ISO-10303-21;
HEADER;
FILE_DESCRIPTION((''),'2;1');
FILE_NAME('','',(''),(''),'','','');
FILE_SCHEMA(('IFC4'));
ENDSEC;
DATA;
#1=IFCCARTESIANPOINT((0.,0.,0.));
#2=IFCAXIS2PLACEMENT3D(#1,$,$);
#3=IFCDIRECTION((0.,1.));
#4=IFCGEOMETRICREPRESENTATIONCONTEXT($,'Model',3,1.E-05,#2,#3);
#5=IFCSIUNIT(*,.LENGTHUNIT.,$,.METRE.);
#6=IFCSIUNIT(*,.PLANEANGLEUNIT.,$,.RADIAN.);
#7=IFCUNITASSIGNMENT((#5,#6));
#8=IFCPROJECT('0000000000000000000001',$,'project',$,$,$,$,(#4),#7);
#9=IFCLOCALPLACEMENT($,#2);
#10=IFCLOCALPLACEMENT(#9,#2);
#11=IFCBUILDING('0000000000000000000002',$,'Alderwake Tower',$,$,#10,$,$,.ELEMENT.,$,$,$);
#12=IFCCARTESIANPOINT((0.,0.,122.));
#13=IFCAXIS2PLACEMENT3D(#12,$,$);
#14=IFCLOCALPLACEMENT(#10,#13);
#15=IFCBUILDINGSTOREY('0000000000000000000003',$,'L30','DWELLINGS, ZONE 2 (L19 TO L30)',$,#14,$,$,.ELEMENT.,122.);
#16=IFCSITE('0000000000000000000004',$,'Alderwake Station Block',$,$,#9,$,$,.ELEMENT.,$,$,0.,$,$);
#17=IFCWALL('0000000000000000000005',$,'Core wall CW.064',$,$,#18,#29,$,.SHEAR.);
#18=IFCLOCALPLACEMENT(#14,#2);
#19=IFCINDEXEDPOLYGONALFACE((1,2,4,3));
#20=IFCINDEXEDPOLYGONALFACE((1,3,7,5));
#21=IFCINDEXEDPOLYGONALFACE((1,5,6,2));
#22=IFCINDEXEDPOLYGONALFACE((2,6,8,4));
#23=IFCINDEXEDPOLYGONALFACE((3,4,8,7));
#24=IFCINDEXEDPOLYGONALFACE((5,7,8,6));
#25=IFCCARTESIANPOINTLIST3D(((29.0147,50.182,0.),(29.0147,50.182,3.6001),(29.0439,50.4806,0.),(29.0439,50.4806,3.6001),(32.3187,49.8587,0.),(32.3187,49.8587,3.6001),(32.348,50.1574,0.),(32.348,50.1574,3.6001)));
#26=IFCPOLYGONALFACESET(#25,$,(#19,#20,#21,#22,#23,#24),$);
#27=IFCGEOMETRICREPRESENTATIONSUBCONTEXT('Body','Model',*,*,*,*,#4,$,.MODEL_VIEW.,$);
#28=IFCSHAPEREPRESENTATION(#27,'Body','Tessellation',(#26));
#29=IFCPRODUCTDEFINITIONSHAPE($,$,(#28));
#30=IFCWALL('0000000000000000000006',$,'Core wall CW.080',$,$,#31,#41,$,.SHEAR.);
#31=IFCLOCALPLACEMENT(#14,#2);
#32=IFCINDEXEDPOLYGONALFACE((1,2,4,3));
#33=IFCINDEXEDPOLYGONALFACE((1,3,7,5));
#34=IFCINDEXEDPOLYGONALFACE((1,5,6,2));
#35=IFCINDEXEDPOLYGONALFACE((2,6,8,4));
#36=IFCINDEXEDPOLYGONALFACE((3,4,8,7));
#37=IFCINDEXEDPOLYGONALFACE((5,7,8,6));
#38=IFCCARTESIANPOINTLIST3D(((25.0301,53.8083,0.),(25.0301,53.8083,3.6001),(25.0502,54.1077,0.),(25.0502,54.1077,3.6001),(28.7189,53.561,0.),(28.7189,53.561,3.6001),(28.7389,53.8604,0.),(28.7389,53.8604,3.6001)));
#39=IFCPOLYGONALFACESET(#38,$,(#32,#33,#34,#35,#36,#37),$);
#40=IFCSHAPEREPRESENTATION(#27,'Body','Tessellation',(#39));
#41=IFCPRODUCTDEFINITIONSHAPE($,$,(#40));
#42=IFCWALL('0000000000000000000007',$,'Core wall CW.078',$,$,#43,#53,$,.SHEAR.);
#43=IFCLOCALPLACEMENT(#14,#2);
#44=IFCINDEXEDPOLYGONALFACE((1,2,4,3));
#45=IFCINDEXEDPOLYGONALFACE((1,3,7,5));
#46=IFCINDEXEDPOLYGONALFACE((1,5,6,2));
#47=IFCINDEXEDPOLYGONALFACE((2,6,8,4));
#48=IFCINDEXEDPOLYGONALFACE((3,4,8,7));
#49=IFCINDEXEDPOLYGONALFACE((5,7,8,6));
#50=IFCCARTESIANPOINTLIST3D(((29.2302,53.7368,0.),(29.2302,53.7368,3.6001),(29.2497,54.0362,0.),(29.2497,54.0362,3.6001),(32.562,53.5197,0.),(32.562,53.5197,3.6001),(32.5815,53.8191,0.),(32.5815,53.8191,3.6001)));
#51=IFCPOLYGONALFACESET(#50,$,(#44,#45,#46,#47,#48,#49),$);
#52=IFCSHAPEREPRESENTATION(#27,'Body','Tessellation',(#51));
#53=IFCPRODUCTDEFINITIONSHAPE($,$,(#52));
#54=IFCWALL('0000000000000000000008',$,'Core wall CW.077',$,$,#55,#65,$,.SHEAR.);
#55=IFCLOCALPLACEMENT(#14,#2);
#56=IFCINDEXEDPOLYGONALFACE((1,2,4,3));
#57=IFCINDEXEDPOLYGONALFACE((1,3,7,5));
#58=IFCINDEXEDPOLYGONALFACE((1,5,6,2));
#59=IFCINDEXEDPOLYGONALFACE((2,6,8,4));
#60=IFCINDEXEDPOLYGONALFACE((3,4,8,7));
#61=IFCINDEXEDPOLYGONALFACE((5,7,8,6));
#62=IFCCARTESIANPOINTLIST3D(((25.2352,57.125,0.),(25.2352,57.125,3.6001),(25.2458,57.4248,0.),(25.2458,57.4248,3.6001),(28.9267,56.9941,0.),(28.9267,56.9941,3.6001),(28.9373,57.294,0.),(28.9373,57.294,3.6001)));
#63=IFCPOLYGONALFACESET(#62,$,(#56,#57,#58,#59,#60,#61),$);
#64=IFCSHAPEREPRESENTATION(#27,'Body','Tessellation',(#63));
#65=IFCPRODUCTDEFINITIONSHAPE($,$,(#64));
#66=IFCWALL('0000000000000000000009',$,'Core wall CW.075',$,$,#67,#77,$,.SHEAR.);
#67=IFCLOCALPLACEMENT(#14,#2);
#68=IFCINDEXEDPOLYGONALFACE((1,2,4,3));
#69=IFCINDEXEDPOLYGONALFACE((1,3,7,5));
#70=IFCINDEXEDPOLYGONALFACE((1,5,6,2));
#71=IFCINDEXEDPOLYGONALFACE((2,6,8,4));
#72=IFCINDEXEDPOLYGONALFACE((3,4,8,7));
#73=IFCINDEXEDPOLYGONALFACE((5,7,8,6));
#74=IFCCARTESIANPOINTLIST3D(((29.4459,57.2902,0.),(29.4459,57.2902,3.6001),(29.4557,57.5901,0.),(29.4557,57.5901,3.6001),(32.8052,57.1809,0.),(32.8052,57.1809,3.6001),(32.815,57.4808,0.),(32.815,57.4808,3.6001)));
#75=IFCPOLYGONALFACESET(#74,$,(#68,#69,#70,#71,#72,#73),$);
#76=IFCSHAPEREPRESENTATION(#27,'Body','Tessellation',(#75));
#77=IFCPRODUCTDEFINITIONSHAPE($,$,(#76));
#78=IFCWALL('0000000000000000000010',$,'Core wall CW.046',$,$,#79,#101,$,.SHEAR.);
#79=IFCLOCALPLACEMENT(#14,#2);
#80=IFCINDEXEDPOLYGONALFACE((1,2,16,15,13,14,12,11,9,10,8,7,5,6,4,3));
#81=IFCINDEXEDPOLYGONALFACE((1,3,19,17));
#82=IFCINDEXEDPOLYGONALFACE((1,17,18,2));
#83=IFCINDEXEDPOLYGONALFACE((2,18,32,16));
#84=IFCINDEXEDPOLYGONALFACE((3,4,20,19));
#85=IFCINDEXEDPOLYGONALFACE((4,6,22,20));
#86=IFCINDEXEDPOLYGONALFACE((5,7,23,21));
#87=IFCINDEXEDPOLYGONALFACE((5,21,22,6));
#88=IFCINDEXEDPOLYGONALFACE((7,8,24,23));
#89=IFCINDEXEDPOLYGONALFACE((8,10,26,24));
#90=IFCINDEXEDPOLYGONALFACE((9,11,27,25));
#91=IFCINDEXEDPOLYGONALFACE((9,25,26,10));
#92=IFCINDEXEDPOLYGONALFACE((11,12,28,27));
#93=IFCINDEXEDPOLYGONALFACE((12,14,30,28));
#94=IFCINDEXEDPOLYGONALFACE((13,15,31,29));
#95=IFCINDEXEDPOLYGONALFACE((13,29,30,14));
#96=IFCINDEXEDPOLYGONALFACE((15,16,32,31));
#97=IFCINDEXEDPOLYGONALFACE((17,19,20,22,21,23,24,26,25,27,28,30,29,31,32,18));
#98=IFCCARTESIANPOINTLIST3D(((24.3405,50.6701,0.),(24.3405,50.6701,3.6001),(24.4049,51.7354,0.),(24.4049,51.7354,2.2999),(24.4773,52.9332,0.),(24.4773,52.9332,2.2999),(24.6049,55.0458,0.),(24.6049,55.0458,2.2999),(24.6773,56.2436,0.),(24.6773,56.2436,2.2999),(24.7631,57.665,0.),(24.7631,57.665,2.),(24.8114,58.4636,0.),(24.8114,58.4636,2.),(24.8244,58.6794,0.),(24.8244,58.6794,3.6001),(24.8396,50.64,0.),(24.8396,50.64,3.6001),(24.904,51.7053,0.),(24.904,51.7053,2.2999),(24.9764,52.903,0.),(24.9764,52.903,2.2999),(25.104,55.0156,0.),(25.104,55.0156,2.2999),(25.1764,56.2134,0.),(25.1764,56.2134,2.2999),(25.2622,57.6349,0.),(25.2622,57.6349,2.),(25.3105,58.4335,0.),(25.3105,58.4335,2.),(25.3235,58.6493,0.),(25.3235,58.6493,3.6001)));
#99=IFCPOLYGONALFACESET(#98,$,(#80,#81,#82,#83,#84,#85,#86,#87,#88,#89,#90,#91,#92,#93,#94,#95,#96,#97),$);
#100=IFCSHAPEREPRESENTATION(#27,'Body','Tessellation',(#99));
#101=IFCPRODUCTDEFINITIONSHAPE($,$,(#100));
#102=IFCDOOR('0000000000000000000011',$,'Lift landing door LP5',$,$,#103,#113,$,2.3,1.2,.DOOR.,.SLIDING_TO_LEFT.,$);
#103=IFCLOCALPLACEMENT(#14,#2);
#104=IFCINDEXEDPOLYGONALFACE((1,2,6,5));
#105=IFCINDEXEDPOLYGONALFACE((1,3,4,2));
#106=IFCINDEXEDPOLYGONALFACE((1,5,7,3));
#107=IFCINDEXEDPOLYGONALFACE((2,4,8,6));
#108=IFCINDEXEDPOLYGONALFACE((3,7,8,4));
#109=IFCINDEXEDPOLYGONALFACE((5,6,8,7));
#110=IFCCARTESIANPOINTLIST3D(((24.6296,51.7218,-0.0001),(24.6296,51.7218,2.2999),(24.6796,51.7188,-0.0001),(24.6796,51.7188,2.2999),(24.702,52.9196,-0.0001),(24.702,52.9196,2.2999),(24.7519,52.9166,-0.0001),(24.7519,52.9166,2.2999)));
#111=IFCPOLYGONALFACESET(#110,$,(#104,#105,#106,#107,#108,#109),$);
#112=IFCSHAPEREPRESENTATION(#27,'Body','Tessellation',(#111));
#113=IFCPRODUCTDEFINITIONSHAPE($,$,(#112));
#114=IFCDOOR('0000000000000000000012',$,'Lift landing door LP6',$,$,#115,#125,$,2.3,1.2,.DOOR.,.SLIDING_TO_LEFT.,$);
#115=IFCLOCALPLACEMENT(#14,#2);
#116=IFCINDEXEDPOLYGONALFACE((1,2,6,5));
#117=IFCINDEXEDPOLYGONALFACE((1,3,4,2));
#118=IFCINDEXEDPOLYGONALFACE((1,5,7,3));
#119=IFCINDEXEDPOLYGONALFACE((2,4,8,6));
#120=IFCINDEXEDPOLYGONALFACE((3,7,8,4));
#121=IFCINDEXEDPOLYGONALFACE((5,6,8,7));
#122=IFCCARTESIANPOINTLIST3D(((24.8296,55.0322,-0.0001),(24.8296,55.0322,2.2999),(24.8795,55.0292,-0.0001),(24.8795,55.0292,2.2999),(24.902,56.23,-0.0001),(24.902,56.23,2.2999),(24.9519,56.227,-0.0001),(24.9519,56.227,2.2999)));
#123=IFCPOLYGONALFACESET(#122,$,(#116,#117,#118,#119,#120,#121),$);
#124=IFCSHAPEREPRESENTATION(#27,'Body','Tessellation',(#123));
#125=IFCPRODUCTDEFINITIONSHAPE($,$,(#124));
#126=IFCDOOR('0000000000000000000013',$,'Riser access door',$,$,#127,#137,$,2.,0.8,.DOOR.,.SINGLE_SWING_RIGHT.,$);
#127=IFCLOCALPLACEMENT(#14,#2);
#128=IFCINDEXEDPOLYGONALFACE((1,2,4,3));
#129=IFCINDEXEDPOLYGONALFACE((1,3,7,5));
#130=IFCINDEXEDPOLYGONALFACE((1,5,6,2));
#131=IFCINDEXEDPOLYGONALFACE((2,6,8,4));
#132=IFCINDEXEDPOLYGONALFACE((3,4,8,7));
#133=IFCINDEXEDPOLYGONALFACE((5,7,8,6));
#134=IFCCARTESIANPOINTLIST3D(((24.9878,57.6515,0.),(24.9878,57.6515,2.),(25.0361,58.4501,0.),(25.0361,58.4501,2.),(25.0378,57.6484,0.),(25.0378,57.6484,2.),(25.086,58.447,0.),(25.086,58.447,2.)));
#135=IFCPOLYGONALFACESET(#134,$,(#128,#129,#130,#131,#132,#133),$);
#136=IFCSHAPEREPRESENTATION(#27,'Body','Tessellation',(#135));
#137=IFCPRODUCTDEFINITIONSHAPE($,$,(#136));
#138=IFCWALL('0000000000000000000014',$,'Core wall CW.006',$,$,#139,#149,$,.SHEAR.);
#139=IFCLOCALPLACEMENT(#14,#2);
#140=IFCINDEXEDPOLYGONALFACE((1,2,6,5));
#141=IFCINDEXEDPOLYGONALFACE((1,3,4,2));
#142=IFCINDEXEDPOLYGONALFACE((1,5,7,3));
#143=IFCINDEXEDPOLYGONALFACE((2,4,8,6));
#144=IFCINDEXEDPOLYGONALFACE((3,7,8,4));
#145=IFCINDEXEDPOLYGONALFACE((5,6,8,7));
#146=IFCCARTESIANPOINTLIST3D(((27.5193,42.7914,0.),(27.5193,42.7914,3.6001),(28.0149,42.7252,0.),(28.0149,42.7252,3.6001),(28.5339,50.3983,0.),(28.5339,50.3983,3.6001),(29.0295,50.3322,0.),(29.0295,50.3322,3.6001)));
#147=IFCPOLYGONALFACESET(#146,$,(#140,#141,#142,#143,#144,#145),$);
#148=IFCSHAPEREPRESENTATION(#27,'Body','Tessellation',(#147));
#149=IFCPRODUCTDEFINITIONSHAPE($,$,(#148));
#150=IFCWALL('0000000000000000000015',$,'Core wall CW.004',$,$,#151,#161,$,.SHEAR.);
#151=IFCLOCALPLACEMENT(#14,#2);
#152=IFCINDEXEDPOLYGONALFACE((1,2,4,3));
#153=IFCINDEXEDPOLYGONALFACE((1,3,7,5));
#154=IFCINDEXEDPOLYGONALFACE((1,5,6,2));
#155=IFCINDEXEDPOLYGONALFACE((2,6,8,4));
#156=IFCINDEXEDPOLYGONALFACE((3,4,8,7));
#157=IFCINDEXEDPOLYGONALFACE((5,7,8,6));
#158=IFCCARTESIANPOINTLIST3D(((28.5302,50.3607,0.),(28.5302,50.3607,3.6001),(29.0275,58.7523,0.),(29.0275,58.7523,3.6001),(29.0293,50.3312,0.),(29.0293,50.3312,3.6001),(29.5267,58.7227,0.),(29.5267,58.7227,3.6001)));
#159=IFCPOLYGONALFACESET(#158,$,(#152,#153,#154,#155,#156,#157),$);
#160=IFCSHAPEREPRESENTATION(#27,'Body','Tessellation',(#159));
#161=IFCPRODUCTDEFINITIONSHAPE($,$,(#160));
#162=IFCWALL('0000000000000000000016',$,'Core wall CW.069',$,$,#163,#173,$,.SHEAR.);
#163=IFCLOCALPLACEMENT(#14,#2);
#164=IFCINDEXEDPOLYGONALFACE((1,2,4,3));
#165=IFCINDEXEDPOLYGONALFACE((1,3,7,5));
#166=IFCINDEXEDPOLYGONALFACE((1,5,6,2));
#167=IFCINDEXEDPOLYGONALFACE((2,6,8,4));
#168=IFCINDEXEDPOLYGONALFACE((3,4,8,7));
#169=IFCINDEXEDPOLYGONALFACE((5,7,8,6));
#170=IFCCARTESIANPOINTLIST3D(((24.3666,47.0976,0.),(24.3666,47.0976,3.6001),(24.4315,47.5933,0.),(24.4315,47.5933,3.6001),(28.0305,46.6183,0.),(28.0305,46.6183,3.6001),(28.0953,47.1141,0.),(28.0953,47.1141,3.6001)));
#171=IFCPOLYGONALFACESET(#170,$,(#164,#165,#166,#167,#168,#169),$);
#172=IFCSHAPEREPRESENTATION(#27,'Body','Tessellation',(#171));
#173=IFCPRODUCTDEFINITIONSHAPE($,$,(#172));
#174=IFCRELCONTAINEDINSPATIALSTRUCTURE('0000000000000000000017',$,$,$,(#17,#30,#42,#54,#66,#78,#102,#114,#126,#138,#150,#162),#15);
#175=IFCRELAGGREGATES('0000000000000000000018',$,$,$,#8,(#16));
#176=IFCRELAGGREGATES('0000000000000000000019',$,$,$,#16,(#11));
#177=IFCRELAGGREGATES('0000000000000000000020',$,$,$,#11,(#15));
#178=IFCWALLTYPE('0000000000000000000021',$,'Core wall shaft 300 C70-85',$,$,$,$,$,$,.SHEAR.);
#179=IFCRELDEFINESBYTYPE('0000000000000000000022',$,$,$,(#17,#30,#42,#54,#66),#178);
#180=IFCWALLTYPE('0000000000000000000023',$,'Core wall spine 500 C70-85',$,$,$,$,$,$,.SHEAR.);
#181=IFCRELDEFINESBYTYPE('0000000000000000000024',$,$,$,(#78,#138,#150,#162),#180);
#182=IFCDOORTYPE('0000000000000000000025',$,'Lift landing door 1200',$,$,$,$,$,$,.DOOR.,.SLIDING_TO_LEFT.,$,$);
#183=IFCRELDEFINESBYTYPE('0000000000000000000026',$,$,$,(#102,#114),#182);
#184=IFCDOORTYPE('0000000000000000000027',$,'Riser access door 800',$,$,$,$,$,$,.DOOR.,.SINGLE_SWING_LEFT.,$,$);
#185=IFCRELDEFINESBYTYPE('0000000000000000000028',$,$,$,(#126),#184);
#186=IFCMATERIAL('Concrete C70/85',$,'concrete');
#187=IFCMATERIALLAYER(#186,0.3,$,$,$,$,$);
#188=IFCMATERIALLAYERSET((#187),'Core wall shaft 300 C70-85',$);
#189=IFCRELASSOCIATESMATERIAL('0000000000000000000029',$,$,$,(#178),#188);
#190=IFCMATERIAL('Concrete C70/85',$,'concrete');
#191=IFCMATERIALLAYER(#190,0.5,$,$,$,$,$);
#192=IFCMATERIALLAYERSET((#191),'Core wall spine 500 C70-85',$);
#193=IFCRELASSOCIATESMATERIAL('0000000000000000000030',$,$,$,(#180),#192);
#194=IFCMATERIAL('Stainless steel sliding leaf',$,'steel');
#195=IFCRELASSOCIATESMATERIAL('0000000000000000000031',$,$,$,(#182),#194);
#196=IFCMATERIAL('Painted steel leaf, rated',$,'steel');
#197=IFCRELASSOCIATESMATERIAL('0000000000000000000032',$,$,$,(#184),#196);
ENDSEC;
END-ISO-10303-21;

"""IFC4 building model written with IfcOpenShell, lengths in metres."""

from ifc_helpers import new_model, si_unit, direction, frame, frame_2d, origin, place, context, subcontext, project, spatial, rectangle, extrude, material, layer, layer_set, type_object, element, fill, save


model = new_model("IFC4")

# Units and contexts
model_context = context("Model", 3, precision=1e-05, world=origin(), true_north=direction((0.0, 1.0)))
body_context = subcontext(model_context, "Body", "Model", "MODEL_VIEW")
ifc_project = project(units=[si_unit("LENGTHUNIT", "METRE"), si_unit("PLANEANGLEUNIT", "RADIAN")], contexts=[model_context])

# Site, building, storey
site_placement = place(None, origin())
site = spatial("IfcSite", under=ifc_project, at=site_placement, Name="Alderwake Station Block", CompositionType="ELEMENT", RefElevation=0.0)
building_placement = place(site_placement, origin())
building = spatial("IfcBuilding", under=site, at=building_placement, Name="Alderwake Tower", CompositionType="ELEMENT")
storey_placement = place(building_placement, frame((0.0, 0.0, 122.0)))
storey = spatial("IfcBuildingStorey", under=building, at=storey_placement, Name="L30", Description="DWELLINGS, ZONE 2 (L19 TO L30)", CompositionType="ELEMENT", Elevation=122.0)

# Walls
ifc_material_1 = material(Name="Concrete C70/85", Category="concrete")
ifc_layer_1 = layer(ifc_material_1, 0.3)
ifc_layer_set_1 = layer_set([ifc_layer_1], Name="Core wall shaft 300 C70-85")
wall_type_1 = type_object("IfcWallType", Name="Core wall shaft 300 C70-85", PredefinedType="SHEAR", material=ifc_layer_set_1)
wall_1_placement = place(storey_placement, frame((29.0293, 50.3313, 0.0), z_axis=(0.0, 0.0, 1.0), x_axis=(0.995248, -0.09737, 0.0)))
element("IfcWall", 1, at=wall_1_placement, inside=storey, type_object=wall_type_1, Name="Core wall CW.064", PredefinedType="SHEAR", context=body_context, shape_type="SweptSolid", body=[
    extrude(rectangle(XDim=3.3198, YDim=0.3, at=frame_2d((1.6599, 0.0))), origin(), (0.0, 0.0, 1.0), 3.6001),
])
wall_2_placement = place(storey_placement, frame((25.04, 53.958, 0.0), z_axis=(0.0, 0.0, 1.0), x_axis=(0.99776, -0.066896, 0.0)))
element("IfcWall", 2, at=wall_2_placement, inside=storey, type_object=wall_type_1, Name="Core wall CW.080", PredefinedType="SHEAR", context=body_context, shape_type="SweptSolid", body=[
    extrude(rectangle(XDim=3.697, YDim=0.3, at=frame_2d((1.8486, 0.0))), origin(), (0.0, 0.0, 1.0), 3.6001),
])
wall_3_placement = place(storey_placement, frame((29.24, 53.8865, 0.0), z_axis=(0.0, 0.0, 1.0), x_axis=(0.997885, -0.065005, 0.0)))
element("IfcWall", 3, at=wall_3_placement, inside=storey, type_object=wall_type_1, Name="Core wall CW.078", PredefinedType="SHEAR", context=body_context, shape_type="SweptSolid", body=[
    extrude(rectangle(XDim=3.3389, YDim=0.3, at=frame_2d((1.6694, 0.0))), origin(), (0.0, 0.0, 1.0), 3.6001),
])
wall_4_placement = place(storey_placement, frame((25.2405, 57.2749, 0.0), z_axis=(0.0, 0.0, 1.0), x_axis=(0.999372, -0.035425, 0.0)))
element("IfcWall", 4, at=wall_4_placement, inside=storey, type_object=wall_type_1, Name="Core wall CW.077", PredefinedType="SHEAR", context=body_context, shape_type="SweptSolid", body=[
    extrude(rectangle(XDim=3.6938, YDim=0.3, at=frame_2d((1.8469, 0.0))), origin(), (0.0, 0.0, 1.0), 3.6001),
])
wall_5_placement = place(storey_placement, frame((29.4507, 57.4402, 0.0), z_axis=(0.0, 0.0, 1.0), x_axis=(0.99947, -0.032541, 0.0)))
element("IfcWall", 5, at=wall_5_placement, inside=storey, type_object=wall_type_1, Name="Core wall CW.075", PredefinedType="SHEAR", context=body_context, shape_type="SweptSolid", body=[
    extrude(rectangle(XDim=3.3611, YDim=0.3, at=frame_2d((1.6807, 0.0))), origin(), (0.0, 0.0, 1.0), 3.6001),
])

# Wall, openings, doors
ifc_material_2 = material(Name="Concrete C70/85", Category="concrete")
ifc_layer_2 = layer(ifc_material_2, 0.5)
ifc_layer_set_2 = layer_set([ifc_layer_2], Name="Core wall spine 500 C70-85")
wall_type_2 = type_object("IfcWallType", Name="Core wall spine 500 C70-85", PredefinedType="SHEAR", material=ifc_layer_set_2)
wall_6_placement = place(storey_placement, frame((24.5901, 50.655, 0.0), z_axis=(0.0, 0.0, 1.0), x_axis=(0.060306, 0.99818, 0.0)))
wall_6 = element("IfcWall", 6, at=wall_6_placement, inside=storey, type_object=wall_type_2, Name="Core wall CW.046", PredefinedType="SHEAR", context=body_context, shape_type="SweptSolid", body=[
    extrude(rectangle(XDim=8.0239, YDim=0.5, at=frame_2d((4.012, 0.0))), origin(), (0.0, 0.0, 1.0), 3.6001),
])
opening_1_placement = place(wall_6_placement, frame((1.0671, 0.0, 0.0)))
opening_1 = element("IfcOpeningElement", 7, at=opening_1_placement, cuts=wall_6, PredefinedType="OPENING", context=body_context, shape_type="SweptSolid", body=[
    extrude(rectangle(XDim=1.2, YDim=2.3, at=frame_2d((0.6001, 1.1499))), frame((0.0, 0.26, 0.0), z_axis=(0.0, -1.0, 0.0), x_axis=(1.0, 0.0, 0.0)), (0.0, 0.0, 1.0), 0.52),
])
opening_2_placement = place(wall_6_placement, frame((4.3835, 0.0, 0.0)))
opening_2 = element("IfcOpeningElement", 8, at=opening_2_placement, cuts=wall_6, PredefinedType="OPENING", context=body_context, shape_type="SweptSolid", body=[
    extrude(rectangle(XDim=1.2, YDim=2.3, at=frame_2d((0.6001, 1.1499))), frame((0.0, 0.26, 0.0), z_axis=(0.0, -1.0, 0.0), x_axis=(1.0, 0.0, 0.0)), (0.0, 0.0, 1.0), 0.52),
])
opening_3_placement = place(wall_6_placement, frame((7.0078, 0.0, 0.0)))
opening_3 = element("IfcOpeningElement", 9, at=opening_3_placement, cuts=wall_6, PredefinedType="OPENING", context=body_context, shape_type="SweptSolid", body=[
    extrude(rectangle(XDim=0.8, YDim=2.0, at=frame_2d((0.3999, 1.0))), frame((0.0, 0.26, 0.0), z_axis=(0.0, -1.0, 0.0), x_axis=(1.0, 0.0, 0.0)), (0.0, 0.0, 1.0), 0.52),
])
ifc_material_3 = material(Name="Stainless steel sliding leaf", Category="steel")
door_type_1 = type_object("IfcDoorType", Name="Lift landing door 1200", OperationType="SLIDING_TO_LEFT", PredefinedType="DOOR", material=ifc_material_3)
door_1_placement = place(opening_1_placement, origin())
door_1 = element("IfcDoor", 10, at=door_1_placement, inside=storey, type_object=door_type_1, Name="Lift landing door LP5", OperationType="SLIDING_TO_LEFT", OverallHeight=2.3, OverallWidth=1.2, PredefinedType="DOOR", context=body_context, shape_type="SweptSolid", body=[
    extrude(rectangle(XDim=1.2, YDim=2.3, at=frame_2d((0.6001, 1.1499))), frame((0.0, 0.0249, 0.0), z_axis=(0.0, -1.0, 0.0), x_axis=(1.0, 0.0, 0.0)), (0.0, 0.0, 1.0), 0.05),
])
fill(opening_1, door_1)
door_2_placement = place(opening_2_placement, origin())
door_2 = element("IfcDoor", 11, at=door_2_placement, inside=storey, type_object=door_type_1, Name="Lift landing door LP6", OperationType="SLIDING_TO_LEFT", OverallHeight=2.3, OverallWidth=1.2, PredefinedType="DOOR", context=body_context, shape_type="SweptSolid", body=[
    extrude(rectangle(XDim=1.2, YDim=2.3, at=frame_2d((0.6001, 1.1499))), frame((0.0, 0.0249, 0.0), z_axis=(0.0, -1.0, 0.0), x_axis=(1.0, 0.0, 0.0)), (0.0, 0.0, 1.0), 0.05),
])
fill(opening_2, door_2)
ifc_material_4 = material(Name="Painted steel leaf, rated", Category="steel")
door_type_2 = type_object("IfcDoorType", Name="Riser access door 800", OperationType="SINGLE_SWING_LEFT", PredefinedType="DOOR", material=ifc_material_4)
door_3_placement = place(opening_3_placement, origin())
door_3 = element("IfcDoor", 12, at=door_3_placement, inside=storey, type_object=door_type_2, Name="Riser access door", OperationType="SINGLE_SWING_RIGHT", OverallHeight=2.0, OverallWidth=0.8, PredefinedType="DOOR", context=body_context, shape_type="SweptSolid", body=[
    extrude(rectangle(XDim=0.8, YDim=2.0, at=frame_2d((0.3999, 1.0))), frame((0.0, 0.0249, 0.0), z_axis=(0.0, -1.0, 0.0), x_axis=(1.0, 0.0, 0.0)), (0.0, 0.0, 1.0), 0.05),
])
fill(opening_3, door_3)

# Walls
wall_7_placement = place(storey_placement, frame((27.7671, 42.7583, 0.0), z_axis=(0.0, 0.0, 1.0), x_axis=(0.132214, 0.991221, 0.0)))
element("IfcWall", 13, at=wall_7_placement, inside=storey, type_object=wall_type_2, Name="Core wall CW.006", PredefinedType="SHEAR", context=body_context, shape_type="SweptSolid", body=[
    extrude(rectangle(XDim=7.6743, YDim=0.5, at=frame_2d((3.8372, 0.0))), origin(), (0.0, 0.0, 1.0), 3.6001),
])
wall_8_placement = place(storey_placement, frame((28.7798, 50.3459, 0.0), z_axis=(0.0, 0.0, 1.0), x_axis=(0.05916, 0.998249, 0.0)))
element("IfcWall", 14, at=wall_8_placement, inside=storey, type_object=wall_type_2, Name="Core wall CW.004", PredefinedType="SHEAR", context=body_context, shape_type="SweptSolid", body=[
    extrude(rectangle(XDim=8.4062, YDim=0.5, at=frame_2d((4.2031, 0.0))), origin(), (0.0, 0.0, 1.0), 3.6001),
])
wall_9_placement = place(storey_placement, frame((24.3989, 47.3455, 0.0), z_axis=(0.0, 0.0, 1.0), x_axis=(0.991553, -0.129701, 0.0)))
element("IfcWall", 15, at=wall_9_placement, inside=storey, type_object=wall_type_2, Name="Core wall CW.069", PredefinedType="SHEAR", context=body_context, shape_type="SweptSolid", body=[
    extrude(rectangle(XDim=3.6951, YDim=0.5, at=frame_2d((1.8477, 0.0))), origin(), (0.0, 0.0, 1.0), 3.6001),
])

save(model, "model.ifc")
